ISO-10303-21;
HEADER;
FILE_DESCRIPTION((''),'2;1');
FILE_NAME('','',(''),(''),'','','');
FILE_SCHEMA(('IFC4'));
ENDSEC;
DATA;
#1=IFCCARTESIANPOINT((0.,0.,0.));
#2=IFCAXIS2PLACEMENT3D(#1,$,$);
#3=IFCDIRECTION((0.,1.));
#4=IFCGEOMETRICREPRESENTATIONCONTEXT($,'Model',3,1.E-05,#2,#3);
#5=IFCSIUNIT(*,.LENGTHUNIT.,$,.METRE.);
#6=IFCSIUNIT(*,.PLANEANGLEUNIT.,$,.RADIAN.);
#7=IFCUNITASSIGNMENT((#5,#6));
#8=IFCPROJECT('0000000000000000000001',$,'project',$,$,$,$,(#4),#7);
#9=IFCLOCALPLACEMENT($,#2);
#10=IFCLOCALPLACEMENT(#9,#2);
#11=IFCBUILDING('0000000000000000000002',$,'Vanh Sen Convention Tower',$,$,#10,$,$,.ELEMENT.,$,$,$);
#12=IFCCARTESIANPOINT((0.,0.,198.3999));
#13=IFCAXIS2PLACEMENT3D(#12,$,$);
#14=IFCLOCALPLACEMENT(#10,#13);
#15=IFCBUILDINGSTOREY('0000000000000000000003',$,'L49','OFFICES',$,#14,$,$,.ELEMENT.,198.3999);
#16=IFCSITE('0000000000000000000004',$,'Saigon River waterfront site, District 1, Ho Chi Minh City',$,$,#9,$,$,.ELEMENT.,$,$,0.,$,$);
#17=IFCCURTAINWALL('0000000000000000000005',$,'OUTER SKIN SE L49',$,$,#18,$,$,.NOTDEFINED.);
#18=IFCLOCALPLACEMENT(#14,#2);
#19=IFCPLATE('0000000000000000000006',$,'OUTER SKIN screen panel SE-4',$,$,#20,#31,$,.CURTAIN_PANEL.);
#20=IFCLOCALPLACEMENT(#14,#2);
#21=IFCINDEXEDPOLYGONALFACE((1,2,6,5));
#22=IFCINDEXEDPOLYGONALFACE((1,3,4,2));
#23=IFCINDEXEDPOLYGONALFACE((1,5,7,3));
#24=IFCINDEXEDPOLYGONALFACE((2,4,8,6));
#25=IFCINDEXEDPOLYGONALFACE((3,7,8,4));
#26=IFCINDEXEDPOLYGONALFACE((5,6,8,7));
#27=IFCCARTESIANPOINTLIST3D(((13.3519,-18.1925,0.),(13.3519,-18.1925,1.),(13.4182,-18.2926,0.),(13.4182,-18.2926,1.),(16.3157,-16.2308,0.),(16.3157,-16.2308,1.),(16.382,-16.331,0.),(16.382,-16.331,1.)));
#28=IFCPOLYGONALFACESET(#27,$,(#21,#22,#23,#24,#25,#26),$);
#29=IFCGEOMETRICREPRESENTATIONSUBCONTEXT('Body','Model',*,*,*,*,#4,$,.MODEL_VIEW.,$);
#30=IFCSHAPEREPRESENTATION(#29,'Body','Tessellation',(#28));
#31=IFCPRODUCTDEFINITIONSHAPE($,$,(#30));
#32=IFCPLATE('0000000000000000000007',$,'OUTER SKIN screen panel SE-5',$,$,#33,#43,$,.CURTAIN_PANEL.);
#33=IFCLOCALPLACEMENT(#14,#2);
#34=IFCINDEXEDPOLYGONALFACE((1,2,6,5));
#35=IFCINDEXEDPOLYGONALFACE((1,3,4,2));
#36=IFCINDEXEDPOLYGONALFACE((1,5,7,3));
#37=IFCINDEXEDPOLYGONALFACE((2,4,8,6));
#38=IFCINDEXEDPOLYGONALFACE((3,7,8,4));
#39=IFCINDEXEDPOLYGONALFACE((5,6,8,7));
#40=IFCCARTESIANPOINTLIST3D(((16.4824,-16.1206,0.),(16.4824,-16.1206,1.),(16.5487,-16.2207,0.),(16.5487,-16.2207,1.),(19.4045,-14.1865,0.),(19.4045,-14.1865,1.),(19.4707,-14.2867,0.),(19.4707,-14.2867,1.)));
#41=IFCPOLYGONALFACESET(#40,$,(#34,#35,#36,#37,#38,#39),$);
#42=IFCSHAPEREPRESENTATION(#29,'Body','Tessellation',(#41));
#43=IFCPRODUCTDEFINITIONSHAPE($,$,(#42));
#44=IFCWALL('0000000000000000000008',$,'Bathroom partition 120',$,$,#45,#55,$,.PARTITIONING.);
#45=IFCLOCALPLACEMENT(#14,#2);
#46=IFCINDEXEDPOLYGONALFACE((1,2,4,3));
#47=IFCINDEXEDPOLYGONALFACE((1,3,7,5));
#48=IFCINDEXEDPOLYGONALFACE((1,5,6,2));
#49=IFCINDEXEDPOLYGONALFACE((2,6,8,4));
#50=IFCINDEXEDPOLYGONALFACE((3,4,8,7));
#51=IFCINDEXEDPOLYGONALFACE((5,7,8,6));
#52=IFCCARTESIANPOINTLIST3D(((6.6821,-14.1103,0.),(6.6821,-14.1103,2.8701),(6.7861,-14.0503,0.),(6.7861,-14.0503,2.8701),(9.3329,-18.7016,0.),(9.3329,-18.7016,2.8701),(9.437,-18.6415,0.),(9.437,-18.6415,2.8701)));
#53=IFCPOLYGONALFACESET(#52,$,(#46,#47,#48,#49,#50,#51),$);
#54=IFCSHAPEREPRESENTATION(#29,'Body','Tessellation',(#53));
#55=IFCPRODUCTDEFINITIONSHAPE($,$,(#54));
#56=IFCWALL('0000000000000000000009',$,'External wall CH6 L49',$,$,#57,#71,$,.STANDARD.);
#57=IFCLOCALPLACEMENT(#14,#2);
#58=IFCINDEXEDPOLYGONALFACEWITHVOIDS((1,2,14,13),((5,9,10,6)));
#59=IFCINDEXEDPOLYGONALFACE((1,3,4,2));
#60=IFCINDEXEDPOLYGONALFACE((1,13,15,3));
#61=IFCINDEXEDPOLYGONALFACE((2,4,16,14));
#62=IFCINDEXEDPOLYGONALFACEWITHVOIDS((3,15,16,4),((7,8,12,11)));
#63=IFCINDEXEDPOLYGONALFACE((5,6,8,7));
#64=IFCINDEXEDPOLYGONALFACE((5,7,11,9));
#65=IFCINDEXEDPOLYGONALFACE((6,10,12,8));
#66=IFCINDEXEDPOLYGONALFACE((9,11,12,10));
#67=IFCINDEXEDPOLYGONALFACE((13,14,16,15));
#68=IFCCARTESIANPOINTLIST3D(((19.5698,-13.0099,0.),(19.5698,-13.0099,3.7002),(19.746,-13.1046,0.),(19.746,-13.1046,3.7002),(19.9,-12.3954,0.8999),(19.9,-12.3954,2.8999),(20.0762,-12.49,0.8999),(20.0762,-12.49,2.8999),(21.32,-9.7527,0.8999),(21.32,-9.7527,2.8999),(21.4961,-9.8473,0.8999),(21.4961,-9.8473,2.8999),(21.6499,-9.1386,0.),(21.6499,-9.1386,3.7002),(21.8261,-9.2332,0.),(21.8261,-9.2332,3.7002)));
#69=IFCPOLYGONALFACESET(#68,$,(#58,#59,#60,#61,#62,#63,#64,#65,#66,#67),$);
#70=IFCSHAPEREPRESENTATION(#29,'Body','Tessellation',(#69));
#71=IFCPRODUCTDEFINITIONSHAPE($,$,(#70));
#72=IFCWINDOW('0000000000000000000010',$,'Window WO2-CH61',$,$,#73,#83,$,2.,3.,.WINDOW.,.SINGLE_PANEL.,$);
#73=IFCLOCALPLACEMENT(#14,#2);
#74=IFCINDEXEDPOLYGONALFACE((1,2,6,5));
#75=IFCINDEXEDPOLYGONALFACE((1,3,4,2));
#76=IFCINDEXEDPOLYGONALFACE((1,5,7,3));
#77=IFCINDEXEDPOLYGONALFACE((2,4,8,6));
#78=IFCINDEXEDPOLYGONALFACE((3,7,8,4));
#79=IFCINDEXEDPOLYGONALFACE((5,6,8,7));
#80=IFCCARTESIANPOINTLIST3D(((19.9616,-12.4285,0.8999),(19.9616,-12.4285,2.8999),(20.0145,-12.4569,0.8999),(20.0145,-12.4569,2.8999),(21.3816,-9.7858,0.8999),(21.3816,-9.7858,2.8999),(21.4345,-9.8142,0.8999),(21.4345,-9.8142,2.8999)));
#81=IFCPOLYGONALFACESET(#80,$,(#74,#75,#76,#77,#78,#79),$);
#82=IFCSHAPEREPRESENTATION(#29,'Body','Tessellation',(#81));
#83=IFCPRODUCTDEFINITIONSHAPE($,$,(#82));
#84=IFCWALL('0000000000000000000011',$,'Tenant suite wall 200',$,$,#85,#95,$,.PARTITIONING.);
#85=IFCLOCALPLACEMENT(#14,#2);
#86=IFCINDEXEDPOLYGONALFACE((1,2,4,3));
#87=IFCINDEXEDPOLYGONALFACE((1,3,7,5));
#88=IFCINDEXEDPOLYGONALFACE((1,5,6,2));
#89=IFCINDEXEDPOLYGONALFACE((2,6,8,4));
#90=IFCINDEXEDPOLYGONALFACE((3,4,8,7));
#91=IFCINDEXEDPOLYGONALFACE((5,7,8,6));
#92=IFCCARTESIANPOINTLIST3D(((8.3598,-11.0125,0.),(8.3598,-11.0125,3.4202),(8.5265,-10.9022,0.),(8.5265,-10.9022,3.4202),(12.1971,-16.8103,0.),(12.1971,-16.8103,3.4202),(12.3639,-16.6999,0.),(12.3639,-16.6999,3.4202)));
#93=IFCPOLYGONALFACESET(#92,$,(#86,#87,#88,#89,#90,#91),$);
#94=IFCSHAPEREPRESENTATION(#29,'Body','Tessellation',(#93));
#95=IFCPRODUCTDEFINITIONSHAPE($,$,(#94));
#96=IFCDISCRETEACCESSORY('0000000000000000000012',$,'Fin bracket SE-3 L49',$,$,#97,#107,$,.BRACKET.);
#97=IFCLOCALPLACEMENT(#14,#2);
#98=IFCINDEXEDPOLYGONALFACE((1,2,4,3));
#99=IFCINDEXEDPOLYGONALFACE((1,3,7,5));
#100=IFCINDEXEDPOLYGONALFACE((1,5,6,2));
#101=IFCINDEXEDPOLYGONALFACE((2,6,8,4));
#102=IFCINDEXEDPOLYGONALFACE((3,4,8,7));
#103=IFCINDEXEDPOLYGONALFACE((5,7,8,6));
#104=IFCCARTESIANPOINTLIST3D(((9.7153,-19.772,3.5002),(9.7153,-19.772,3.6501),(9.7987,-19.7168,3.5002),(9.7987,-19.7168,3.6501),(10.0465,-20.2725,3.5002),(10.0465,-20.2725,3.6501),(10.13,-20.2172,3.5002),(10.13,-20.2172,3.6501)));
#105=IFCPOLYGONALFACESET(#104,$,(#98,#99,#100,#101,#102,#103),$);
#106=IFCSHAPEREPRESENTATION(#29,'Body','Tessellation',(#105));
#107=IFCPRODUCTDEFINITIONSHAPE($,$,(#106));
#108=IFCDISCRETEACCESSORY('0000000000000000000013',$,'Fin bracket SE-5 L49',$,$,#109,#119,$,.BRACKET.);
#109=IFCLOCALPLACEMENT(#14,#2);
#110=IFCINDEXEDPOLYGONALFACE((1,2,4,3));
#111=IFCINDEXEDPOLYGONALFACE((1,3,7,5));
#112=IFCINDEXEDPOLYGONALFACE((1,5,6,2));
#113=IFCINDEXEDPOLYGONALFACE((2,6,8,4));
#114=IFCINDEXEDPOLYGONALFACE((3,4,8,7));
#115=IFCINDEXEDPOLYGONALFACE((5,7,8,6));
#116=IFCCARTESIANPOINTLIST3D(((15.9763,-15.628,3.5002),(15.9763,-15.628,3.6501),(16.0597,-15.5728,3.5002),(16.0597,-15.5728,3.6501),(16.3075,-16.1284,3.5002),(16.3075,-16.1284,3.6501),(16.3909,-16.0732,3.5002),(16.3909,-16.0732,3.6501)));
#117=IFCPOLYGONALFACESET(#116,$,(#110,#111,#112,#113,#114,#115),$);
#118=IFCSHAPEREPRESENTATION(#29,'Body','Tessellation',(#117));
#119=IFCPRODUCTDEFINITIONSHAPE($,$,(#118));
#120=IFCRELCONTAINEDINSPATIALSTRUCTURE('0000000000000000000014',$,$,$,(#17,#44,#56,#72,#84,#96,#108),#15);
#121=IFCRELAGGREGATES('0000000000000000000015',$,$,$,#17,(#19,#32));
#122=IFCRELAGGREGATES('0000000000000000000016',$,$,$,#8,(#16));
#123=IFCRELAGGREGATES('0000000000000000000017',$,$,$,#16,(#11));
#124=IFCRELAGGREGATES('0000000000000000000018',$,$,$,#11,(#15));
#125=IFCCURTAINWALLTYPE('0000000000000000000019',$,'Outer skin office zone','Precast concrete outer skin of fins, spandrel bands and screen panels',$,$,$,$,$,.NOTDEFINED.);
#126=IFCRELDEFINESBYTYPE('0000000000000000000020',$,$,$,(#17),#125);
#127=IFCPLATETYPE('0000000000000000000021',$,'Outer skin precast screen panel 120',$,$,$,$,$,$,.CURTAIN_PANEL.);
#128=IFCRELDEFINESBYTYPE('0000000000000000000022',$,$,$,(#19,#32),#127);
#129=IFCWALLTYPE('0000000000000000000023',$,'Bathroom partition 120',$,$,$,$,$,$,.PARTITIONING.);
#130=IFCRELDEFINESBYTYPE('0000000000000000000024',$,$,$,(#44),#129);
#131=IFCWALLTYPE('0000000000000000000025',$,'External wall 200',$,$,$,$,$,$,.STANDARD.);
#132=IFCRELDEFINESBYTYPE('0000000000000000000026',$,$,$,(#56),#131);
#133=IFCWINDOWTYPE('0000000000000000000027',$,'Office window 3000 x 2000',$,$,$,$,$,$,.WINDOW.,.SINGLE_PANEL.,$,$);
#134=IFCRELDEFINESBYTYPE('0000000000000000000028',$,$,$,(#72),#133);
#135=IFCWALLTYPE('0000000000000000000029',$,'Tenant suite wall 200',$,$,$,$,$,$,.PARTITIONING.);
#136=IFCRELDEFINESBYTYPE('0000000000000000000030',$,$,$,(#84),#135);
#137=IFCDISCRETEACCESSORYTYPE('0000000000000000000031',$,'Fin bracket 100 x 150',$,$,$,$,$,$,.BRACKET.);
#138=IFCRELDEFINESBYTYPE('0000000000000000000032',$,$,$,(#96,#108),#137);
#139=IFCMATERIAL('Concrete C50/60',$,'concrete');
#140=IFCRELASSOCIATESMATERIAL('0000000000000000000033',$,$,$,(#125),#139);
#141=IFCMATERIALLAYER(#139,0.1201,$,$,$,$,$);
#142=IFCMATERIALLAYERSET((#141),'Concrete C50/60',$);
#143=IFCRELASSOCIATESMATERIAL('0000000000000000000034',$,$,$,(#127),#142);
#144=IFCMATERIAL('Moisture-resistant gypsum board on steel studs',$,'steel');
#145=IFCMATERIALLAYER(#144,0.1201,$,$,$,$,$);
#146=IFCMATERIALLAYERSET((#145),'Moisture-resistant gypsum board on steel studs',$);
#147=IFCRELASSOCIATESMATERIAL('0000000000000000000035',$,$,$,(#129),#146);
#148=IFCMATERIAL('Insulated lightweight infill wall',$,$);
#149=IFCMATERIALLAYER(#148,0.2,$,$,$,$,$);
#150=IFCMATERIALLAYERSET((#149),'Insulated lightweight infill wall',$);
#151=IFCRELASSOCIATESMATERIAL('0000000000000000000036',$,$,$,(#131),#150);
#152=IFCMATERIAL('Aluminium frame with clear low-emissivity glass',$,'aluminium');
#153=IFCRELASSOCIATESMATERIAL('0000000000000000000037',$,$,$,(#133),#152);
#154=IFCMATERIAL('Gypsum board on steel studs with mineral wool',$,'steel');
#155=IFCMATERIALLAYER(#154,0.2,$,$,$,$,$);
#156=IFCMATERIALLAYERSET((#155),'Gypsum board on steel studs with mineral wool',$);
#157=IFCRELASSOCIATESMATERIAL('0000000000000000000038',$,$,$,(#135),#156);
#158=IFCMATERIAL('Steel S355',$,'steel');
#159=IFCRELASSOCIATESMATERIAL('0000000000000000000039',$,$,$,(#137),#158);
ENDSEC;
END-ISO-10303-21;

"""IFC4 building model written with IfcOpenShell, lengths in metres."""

from ifc_helpers import new_model, si_unit, direction, frame, frame_2d, origin, origin_2d, place, context, subcontext, project, spatial, rectangle, extrude, material, layer, layer_set, type_object, element, fill, aggregate, save


model = new_model("IFC4")

# Units and contexts
model_context = context("Model", 3, precision=1e-05, world=origin(), true_north=direction((0.0, 1.0)))
body_context = subcontext(model_context, "Body", "Model", "MODEL_VIEW")
ifc_project = project(units=[si_unit("LENGTHUNIT", "METRE"), si_unit("PLANEANGLEUNIT", "RADIAN")], contexts=[model_context])

# Site, building, storey
site_placement = place(None, origin())
site = spatial("IfcSite", under=ifc_project, at=site_placement, Name="Saigon River waterfront site, District 1, Ho Chi Minh City", CompositionType="ELEMENT", RefElevation=0.0)
building_placement = place(site_placement, origin())
building = spatial("IfcBuilding", under=site, at=building_placement, Name="Vanh Sen Convention Tower", CompositionType="ELEMENT")
storey_placement = place(building_placement, frame((0.0, 0.0, 198.3999)))
storey = spatial("IfcBuildingStorey", under=building, at=storey_placement, Name="L49", Description="OFFICES", CompositionType="ELEMENT", Elevation=198.3999)

# Curtain wall
ifc_material_1 = material(Name="Concrete C50/60", Category="concrete")
curtain_wall_type = type_object("IfcCurtainWallType", Name="Outer skin office zone", Description="Precast concrete outer skin of fins, spandrel bands and screen panels", PredefinedType="NOTDEFINED", material=ifc_material_1)
curtain_wall_1_placement = place(storey_placement, origin())
curtain_wall_1 = element("IfcCurtainWall", 1, at=curtain_wall_1_placement, inside=storey, type_object=curtain_wall_type, Name="OUTER SKIN SE L49", PredefinedType="NOTDEFINED")

# Plates
ifc_layer_1 = layer(ifc_material_1, 0.1201)
ifc_layer_set_1 = layer_set([ifc_layer_1], Name="Concrete C50/60")
plate_type = type_object("IfcPlateType", Name="Outer skin precast screen panel 120", PredefinedType="CURTAIN_PANEL", material=ifc_layer_set_1)
plate_1_placement = place(storey_placement, frame((14.8669, -17.2617, 0.0), z_axis=(0.0, 0.0, 1.0), x_axis=(0.83389, 0.551931, 0.0)))
plate_1 = element("IfcPlate", 2, at=plate_1_placement, type_object=plate_type, Name="OUTER SKIN screen panel SE-4", PredefinedType="CURTAIN_PANEL", context=body_context, shape_type="SweptSolid", body=[
    extrude(rectangle(XDim=3.5542, YDim=0.1201, at=origin_2d()), origin(), (0.0, 0.0, 1.0), 1.0),
])
plate_2_placement = place(storey_placement, frame((17.9766, -15.2036, 0.0), z_axis=(0.0, 0.0, 1.0), x_axis=(0.83389, 0.551931, 0.0)))
plate_2 = element("IfcPlate", 3, at=plate_2_placement, type_object=plate_type, Name="OUTER SKIN screen panel SE-5", PredefinedType="CURTAIN_PANEL", context=body_context, shape_type="SweptSolid", body=[
    extrude(rectangle(XDim=3.5042, YDim=0.1201, at=origin_2d()), origin(), (0.0, 0.0, 1.0), 1.0),
])
aggregate(curtain_wall_1, [plate_1, plate_2])

# Wall
ifc_material_2 = material(Name="Moisture-resistant gypsum board on steel studs", Category="steel")
ifc_layer_2 = layer(ifc_material_2, 0.1201)
ifc_layer_set_2 = layer_set([ifc_layer_2], Name="Moisture-resistant gypsum board on steel studs")
wall_type_1 = type_object("IfcWallType", Name="Bathroom partition 120", PredefinedType="PARTITIONING", material=ifc_layer_set_2)
wall_1_placement = place(storey_placement, frame((9.385, -18.6716, 0.0), z_axis=(0.0, 0.0, 1.0), x_axis=(-0.500012, 0.866018, 0.0)))
element("IfcWall", 4, at=wall_1_placement, inside=storey, type_object=wall_type_1, Name="Bathroom partition 120", PredefinedType="PARTITIONING", context=body_context, shape_type="SweptSolid", body=[
    extrude(rectangle(XDim=5.3015, YDim=0.1201, at=frame_2d((2.6509, 0.0))), origin(), (0.0, 0.0, 1.0), 2.8701),
])

# Wall, opening, window
ifc_material_3 = material(Name="Insulated lightweight infill wall")
ifc_layer_3 = layer(ifc_material_3, 0.2)
ifc_layer_set_3 = layer_set([ifc_layer_3], Name="Insulated lightweight infill wall")
wall_type_2 = type_object("IfcWallType", Name="External wall 200", PredefinedType="STANDARD", material=ifc_layer_set_3)
wall_2_placement = place(storey_placement, frame((19.658, -13.0571, 0.0), z_axis=(0.0, 0.0, 1.0), x_axis=(0.473308, 0.880897, 0.0)))
wall_2 = element("IfcWall", 5, at=wall_2_placement, inside=storey, type_object=wall_type_2, Name="External wall CH6 L49", PredefinedType="STANDARD", context=body_context, shape_type="SweptSolid", body=[
    extrude(rectangle(XDim=4.3948, YDim=0.2, at=frame_2d((2.1973, 0.0))), origin(), (0.0, 0.0, 1.0), 3.7002),
])
opening_placement = place(wall_2_placement, frame((0.6975, 0.0, 0.8999)))
opening = element("IfcOpeningElement", 6, at=opening_placement, cuts=wall_2, PredefinedType="OPENING", context=body_context, shape_type="SweptSolid", body=[
    extrude(rectangle(XDim=3.0, YDim=2.0, at=frame_2d((1.5, 1.0))), frame((0.0, 0.1099, 0.0), z_axis=(0.0, -1.0, 0.0), x_axis=(1.0, 0.0, 0.0)), (0.0, 0.0, 1.0), 0.22),
])
ifc_material_4 = material(Name="Aluminium frame with clear low-emissivity glass", Category="aluminium")
window_type = type_object("IfcWindowType", Name="Office window 3000 x 2000", PartitioningType="SINGLE_PANEL", PredefinedType="WINDOW", material=ifc_material_4)
window_placement = place(opening_placement, origin())
window = element("IfcWindow", 7, at=window_placement, inside=storey, type_object=window_type, Name="Window WO2-CH61", OverallHeight=2.0, OverallWidth=3.0, PartitioningType="SINGLE_PANEL", PredefinedType="WINDOW", context=body_context, shape_type="SweptSolid", body=[
    extrude(rectangle(XDim=3.0, YDim=2.0, at=frame_2d((1.5, 1.0))), frame((0.0, 0.03, 0.0), z_axis=(0.0, -1.0, 0.0), x_axis=(1.0, 0.0, 0.0)), (0.0, 0.0, 1.0), 0.0601),
])
fill(opening, window)

# Wall
ifc_material_5 = material(Name="Gypsum board on steel studs with mineral wool", Category="steel")
ifc_layer_4 = layer(ifc_material_5, 0.2)
ifc_layer_set_4 = layer_set([ifc_layer_4], Name="Gypsum board on steel studs with mineral wool")
wall_type_3 = type_object("IfcWallType", Name="Tenant suite wall 200", PredefinedType="PARTITIONING", material=ifc_layer_set_4)
wall_3_placement = place(storey_placement, frame((12.2805, -16.7551, 0.0), z_axis=(0.0, 0.0, 1.0), x_axis=(-0.551926, 0.833893, 0.0)))
element("IfcWall", 8, at=wall_3_placement, inside=storey, type_object=wall_type_3, Name="Tenant suite wall 200", PredefinedType="PARTITIONING", context=body_context, shape_type="SweptSolid", body=[
    extrude(rectangle(XDim=6.9526, YDim=0.2, at=frame_2d((3.4763, 0.0))), origin(), (0.0, 0.0, 1.0), 3.4202),
])

# Discrete accessories
ifc_material_6 = material(Name="Steel S355", Category="steel")
discrete_accessory_type = type_object("IfcDiscreteAccessoryType", Name="Fin bracket 100 x 150", PredefinedType="BRACKET", material=ifc_material_6)
for number, where, z_axis, x_axis, name in (
    (9, (9.9226, -19.9946, 3.5002), (0.0, 0.0, 1.0), (0.551937, -0.833886, 0.0), "Fin bracket SE-3 L49"),
    (10, (16.1836, -15.8506, 3.5002), (0.0, 0.0, 1.0), (0.551937, -0.833886, 0.0), "Fin bracket SE-5 L49"),
):
    element("IfcDiscreteAccessory", number, at=place(storey_placement, frame(where, z_axis=z_axis, x_axis=x_axis)), inside=storey, type_object=discrete_accessory_type, Name=name, PredefinedType="BRACKET", context=body_context, shape_type="SweptSolid", body=[
        extrude(rectangle(XDim=0.6001, YDim=0.1001, at=origin_2d()), origin(), (0.0, 0.0, 1.0), 0.1499),
    ])

save(model, "model.ifc")
